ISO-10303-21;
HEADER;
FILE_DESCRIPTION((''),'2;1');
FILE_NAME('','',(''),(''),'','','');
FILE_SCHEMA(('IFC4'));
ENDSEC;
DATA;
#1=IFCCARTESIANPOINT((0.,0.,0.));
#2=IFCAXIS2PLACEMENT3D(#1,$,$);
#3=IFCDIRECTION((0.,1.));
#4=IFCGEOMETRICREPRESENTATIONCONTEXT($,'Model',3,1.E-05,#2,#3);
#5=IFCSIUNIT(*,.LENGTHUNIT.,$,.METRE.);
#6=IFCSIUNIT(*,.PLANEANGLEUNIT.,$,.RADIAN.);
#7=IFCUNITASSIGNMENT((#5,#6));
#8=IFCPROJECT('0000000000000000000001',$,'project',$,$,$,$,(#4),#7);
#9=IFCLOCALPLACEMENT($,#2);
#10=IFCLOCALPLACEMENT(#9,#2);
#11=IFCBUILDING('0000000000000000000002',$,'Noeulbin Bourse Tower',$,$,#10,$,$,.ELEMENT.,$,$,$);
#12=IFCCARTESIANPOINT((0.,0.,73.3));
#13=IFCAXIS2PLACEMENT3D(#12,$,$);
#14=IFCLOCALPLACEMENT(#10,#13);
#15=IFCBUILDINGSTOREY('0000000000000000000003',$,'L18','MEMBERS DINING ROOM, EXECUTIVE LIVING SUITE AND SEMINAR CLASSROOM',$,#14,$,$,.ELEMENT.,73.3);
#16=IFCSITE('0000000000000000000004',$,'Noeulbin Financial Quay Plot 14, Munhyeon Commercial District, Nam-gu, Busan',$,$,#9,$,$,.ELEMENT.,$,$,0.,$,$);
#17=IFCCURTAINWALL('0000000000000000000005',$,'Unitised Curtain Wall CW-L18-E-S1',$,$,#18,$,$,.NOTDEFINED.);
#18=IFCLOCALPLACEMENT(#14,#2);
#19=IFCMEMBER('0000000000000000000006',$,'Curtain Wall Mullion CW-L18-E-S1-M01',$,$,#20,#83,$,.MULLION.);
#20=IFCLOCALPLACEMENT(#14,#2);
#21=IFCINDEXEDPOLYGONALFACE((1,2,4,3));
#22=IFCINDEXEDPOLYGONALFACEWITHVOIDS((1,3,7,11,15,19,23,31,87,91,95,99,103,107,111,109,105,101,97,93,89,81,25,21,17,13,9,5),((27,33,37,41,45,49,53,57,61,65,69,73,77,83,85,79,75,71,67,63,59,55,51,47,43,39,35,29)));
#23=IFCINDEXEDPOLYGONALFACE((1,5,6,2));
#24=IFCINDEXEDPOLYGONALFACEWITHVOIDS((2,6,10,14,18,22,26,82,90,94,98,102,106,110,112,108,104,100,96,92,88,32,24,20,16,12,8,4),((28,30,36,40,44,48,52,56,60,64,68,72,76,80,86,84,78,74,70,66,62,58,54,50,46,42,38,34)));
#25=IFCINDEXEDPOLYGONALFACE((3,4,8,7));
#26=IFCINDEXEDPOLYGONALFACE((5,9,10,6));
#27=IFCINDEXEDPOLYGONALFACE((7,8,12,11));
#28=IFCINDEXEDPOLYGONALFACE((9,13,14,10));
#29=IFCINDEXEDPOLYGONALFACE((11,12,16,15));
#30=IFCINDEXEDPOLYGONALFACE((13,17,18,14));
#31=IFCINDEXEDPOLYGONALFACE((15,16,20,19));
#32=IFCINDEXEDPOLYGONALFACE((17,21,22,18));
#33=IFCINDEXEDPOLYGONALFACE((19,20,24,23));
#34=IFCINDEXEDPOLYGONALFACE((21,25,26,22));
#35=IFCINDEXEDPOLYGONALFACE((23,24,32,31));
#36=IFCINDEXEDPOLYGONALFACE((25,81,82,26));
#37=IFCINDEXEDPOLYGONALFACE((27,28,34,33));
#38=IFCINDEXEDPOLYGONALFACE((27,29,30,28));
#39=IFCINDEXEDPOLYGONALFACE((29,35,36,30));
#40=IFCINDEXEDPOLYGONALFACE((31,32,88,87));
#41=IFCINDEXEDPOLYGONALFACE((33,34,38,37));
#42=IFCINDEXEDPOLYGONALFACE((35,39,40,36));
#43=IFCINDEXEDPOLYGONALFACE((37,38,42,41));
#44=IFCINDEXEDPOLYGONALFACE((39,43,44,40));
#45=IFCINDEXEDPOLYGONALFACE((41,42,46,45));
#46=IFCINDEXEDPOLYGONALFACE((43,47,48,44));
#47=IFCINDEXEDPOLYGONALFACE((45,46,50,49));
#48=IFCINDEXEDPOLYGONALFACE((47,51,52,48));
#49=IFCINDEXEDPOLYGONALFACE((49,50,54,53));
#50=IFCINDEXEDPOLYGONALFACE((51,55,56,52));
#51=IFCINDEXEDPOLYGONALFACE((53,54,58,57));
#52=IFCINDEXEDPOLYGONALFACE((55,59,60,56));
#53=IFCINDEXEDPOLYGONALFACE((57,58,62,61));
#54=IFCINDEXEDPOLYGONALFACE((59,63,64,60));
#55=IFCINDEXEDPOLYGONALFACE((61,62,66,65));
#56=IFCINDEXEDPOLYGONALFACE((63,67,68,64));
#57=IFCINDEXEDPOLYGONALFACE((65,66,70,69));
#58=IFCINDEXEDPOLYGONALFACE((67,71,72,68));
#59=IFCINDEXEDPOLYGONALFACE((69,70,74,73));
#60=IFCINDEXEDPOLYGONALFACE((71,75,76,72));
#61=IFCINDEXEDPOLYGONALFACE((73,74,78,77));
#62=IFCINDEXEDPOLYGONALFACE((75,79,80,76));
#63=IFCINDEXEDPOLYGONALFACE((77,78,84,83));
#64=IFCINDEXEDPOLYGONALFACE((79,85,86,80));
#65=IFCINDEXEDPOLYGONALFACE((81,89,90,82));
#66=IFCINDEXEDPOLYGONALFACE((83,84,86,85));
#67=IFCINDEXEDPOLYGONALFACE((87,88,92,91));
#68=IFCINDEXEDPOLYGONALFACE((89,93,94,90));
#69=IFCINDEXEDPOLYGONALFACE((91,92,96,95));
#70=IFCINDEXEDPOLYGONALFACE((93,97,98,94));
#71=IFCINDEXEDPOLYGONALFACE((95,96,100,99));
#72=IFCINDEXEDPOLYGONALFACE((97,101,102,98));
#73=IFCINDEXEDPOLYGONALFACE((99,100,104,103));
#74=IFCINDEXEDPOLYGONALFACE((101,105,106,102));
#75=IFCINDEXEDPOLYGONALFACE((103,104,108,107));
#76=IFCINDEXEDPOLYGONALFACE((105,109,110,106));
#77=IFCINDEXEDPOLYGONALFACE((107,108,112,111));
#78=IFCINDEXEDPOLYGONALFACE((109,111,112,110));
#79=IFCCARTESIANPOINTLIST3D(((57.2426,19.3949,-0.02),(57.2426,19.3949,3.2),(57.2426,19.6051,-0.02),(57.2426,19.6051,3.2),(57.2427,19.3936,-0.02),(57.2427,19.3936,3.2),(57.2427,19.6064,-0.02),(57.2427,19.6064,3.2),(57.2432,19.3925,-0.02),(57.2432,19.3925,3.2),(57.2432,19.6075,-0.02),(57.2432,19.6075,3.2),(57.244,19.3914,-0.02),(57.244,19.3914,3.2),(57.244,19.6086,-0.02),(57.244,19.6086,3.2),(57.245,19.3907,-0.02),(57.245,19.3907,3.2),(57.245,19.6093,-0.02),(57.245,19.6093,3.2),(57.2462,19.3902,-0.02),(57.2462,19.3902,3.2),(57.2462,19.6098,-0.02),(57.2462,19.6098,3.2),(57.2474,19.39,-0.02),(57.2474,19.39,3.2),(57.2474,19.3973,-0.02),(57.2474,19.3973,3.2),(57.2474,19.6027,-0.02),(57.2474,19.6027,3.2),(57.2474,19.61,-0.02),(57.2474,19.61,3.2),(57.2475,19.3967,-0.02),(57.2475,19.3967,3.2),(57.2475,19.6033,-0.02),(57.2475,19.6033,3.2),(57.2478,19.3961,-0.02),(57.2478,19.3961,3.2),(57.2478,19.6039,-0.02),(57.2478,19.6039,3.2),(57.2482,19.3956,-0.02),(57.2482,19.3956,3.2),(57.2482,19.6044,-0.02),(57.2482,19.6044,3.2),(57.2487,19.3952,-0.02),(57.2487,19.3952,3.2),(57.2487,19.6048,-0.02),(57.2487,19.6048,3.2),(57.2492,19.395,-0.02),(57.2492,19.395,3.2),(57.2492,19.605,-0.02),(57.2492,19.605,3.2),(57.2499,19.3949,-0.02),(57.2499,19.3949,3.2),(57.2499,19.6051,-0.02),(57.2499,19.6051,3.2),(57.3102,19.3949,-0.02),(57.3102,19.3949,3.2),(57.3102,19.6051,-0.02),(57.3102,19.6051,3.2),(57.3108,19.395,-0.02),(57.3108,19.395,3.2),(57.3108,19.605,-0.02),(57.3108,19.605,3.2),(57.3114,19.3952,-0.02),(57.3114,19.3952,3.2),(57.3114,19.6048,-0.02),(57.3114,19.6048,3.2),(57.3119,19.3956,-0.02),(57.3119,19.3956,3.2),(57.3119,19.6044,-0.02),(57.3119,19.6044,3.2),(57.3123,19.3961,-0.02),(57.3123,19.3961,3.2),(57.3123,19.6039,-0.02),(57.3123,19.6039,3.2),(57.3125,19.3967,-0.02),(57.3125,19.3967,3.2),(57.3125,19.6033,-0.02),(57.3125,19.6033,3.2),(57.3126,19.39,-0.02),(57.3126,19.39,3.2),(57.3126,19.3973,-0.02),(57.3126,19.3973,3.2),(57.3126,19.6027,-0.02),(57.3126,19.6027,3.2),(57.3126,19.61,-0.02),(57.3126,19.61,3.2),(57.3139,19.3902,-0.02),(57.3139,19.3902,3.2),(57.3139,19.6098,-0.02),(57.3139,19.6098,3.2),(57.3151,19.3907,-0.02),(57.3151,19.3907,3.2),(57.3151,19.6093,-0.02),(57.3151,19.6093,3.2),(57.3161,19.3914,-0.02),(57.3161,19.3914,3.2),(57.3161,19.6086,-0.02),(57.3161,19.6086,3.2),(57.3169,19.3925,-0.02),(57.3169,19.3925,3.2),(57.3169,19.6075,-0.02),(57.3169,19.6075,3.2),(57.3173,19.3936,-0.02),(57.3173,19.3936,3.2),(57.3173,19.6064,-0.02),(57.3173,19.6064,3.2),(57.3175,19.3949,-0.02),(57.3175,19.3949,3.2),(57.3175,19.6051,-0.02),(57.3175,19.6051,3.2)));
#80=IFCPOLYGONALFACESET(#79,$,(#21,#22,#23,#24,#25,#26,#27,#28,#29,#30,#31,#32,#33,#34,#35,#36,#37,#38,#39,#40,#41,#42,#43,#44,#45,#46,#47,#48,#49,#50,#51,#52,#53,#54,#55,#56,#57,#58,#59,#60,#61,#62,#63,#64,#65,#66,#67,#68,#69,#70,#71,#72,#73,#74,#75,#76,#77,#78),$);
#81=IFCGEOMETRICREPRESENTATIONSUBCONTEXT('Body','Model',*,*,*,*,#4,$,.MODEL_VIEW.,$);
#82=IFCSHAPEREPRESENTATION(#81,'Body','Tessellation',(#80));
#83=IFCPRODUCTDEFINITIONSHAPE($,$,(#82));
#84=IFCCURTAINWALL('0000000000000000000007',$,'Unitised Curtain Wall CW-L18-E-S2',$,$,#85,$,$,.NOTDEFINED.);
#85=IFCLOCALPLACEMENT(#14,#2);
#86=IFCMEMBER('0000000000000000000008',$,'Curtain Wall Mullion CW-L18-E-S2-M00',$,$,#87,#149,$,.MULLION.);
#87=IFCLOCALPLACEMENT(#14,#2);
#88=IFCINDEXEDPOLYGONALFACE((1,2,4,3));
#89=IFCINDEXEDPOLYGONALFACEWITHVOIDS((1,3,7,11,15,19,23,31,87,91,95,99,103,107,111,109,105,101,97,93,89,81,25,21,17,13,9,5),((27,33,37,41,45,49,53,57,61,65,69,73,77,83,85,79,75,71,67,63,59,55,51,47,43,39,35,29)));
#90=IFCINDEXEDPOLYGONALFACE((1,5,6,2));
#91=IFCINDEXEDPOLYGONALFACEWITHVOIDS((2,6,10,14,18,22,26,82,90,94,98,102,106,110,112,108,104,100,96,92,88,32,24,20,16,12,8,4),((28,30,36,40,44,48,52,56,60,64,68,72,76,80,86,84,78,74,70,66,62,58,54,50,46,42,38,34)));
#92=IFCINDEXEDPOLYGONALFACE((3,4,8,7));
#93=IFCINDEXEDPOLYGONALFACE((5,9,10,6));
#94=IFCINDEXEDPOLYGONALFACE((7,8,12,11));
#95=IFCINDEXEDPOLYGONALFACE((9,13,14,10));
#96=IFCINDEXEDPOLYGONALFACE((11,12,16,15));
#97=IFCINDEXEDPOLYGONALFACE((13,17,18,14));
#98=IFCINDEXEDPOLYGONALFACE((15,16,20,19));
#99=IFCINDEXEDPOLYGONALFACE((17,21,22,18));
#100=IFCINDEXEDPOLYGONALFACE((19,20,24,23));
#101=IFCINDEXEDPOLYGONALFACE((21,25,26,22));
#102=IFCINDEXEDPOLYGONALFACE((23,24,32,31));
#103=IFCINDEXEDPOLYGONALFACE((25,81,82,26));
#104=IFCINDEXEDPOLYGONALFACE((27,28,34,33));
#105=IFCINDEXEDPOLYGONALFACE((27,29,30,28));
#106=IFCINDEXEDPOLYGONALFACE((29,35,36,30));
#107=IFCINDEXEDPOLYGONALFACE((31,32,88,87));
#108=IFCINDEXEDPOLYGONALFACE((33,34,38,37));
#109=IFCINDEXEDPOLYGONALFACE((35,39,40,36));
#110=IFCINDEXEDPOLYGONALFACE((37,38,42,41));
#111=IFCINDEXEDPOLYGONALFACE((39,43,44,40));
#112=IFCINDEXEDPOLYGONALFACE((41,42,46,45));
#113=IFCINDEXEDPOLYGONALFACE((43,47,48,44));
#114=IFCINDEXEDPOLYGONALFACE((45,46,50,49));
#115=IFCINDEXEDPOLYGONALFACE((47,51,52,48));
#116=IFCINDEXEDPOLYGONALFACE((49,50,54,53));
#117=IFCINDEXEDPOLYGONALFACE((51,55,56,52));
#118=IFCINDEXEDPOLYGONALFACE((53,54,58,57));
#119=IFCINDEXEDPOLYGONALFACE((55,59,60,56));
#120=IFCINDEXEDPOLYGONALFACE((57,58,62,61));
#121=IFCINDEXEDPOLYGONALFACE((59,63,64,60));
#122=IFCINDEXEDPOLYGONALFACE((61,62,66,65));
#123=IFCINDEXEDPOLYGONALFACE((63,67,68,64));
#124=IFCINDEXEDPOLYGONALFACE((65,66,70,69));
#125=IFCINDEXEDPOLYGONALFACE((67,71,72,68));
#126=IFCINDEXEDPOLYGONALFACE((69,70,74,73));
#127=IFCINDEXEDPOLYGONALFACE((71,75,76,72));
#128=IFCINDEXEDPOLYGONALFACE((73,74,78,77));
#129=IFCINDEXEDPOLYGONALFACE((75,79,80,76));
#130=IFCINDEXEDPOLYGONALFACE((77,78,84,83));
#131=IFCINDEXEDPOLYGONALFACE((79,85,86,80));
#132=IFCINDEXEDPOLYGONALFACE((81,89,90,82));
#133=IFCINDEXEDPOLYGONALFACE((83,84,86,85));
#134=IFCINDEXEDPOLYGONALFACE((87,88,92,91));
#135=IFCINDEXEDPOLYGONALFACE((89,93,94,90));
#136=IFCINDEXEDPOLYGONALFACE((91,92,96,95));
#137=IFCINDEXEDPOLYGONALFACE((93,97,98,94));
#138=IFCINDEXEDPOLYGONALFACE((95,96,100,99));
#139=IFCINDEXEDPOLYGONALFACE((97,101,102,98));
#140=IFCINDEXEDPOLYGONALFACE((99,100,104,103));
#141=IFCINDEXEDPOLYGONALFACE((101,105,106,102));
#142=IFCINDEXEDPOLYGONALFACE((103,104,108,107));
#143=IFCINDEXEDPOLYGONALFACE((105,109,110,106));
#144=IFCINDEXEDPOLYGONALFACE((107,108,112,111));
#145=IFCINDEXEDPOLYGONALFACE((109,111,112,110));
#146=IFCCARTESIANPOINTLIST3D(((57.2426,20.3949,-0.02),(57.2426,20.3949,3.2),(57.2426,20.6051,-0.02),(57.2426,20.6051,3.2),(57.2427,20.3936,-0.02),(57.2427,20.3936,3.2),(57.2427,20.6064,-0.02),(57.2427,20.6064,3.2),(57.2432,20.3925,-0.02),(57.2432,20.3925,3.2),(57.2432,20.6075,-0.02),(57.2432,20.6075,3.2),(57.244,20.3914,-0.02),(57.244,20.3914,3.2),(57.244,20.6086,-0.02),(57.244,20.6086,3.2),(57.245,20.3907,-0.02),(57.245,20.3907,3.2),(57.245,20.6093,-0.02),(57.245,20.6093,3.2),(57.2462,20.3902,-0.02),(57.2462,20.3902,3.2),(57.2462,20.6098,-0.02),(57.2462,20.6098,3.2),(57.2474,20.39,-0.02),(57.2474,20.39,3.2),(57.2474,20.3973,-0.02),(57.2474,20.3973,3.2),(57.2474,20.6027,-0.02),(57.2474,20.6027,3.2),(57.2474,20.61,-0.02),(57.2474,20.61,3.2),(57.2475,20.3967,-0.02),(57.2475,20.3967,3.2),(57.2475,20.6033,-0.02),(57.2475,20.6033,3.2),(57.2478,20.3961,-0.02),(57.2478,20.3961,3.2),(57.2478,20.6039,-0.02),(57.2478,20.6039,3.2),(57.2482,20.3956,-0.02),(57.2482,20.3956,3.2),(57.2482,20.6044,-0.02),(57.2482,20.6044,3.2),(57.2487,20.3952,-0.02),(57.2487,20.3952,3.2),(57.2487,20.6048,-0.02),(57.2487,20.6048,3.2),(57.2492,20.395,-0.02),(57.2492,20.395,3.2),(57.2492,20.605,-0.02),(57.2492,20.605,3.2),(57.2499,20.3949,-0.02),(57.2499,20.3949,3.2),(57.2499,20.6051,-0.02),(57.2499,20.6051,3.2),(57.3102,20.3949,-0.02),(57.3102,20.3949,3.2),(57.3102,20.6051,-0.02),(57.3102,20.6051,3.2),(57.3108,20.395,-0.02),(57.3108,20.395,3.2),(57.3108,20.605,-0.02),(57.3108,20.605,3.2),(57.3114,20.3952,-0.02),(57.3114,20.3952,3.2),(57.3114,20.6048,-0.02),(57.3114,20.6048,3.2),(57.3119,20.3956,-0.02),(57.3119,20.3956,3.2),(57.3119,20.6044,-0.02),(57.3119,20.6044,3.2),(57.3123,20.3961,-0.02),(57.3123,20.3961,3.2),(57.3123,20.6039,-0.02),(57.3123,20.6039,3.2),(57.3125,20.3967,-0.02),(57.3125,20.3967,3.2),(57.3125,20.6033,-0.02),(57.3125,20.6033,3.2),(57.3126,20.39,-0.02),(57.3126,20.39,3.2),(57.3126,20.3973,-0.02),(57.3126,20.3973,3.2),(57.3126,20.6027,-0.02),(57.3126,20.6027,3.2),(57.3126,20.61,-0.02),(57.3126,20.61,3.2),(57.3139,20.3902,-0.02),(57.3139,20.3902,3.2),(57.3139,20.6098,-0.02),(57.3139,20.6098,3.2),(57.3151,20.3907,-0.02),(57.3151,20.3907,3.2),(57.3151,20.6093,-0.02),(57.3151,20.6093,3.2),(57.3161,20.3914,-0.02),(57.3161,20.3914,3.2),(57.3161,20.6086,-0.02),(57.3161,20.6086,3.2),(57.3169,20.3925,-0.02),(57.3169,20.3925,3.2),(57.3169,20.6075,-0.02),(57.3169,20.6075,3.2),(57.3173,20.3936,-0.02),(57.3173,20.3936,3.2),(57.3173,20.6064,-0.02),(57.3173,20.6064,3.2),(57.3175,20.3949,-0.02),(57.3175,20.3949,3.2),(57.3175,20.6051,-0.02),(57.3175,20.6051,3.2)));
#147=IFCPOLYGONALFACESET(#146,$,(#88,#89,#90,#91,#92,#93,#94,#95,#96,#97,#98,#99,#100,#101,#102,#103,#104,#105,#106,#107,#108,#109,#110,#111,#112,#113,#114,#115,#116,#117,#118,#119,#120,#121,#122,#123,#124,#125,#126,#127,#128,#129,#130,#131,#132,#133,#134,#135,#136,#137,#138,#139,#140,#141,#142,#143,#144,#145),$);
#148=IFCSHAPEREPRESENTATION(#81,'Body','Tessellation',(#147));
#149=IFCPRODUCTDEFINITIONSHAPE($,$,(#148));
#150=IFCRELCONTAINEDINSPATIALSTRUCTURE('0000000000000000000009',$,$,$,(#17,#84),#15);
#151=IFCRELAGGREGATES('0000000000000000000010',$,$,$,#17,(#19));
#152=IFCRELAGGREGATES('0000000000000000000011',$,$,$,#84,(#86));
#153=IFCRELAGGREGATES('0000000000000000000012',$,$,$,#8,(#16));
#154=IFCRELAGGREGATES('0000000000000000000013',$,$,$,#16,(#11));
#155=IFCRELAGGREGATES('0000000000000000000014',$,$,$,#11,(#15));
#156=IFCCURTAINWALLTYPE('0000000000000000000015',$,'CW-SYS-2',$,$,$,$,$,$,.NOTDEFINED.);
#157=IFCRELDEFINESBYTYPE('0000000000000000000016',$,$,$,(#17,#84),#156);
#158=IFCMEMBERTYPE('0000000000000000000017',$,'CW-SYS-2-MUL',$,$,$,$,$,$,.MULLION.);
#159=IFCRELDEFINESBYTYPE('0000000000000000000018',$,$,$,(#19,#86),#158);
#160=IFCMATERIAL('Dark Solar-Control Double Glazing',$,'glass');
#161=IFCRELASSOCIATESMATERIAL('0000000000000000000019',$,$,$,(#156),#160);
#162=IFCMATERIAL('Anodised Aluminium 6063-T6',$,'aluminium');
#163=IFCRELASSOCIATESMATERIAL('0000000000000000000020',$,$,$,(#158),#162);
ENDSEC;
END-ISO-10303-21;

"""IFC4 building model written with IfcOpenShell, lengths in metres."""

from ifc_helpers import new_model, si_unit, direction, frame, origin, origin_2d, place, context, subcontext, project, spatial, hollow_rectangle, extrude, material, material_profile, profile_set, type_object, element, aggregate, save


model = new_model("IFC4")

# Units and contexts
model_context = context("Model", 3, precision=1e-05, world=origin(), true_north=direction((0.0, 1.0)))
body_context = subcontext(model_context, "Body", "Model", "MODEL_VIEW")
ifc_project = project(units=[si_unit("LENGTHUNIT", "METRE"), si_unit("PLANEANGLEUNIT", "RADIAN")], contexts=[model_context])

# Site, building, storey
site_placement = place(None, origin())
site = spatial("IfcSite", under=ifc_project, at=site_placement, Name="Noeulbin Financial Quay Plot 14, Munhyeon Commercial District, Nam-gu, Busan", CompositionType="ELEMENT", RefElevation=0.0)
building_placement = place(site_placement, origin())
building = spatial("IfcBuilding", under=site, at=building_placement, Name="Noeulbin Bourse Tower", CompositionType="ELEMENT")
storey_placement = place(building_placement, frame((0.0, 0.0, 73.3)))
storey = spatial("IfcBuildingStorey", under=building, at=storey_placement, Name="L18", Description="MEMBERS DINING ROOM, EXECUTIVE LIVING SUITE AND SEMINAR CLASSROOM", CompositionType="ELEMENT", Elevation=73.3)

# Curtain walls, members
ifc_material_1 = material(Name="Dark Solar-Control Double Glazing", Category="glass")
curtain_wall_type = type_object("IfcCurtainWallType", Name="CW-SYS-2", PredefinedType="NOTDEFINED", material=ifc_material_1)
ifc_material_2 = material(Name="Anodised Aluminium 6063-T6", Category="aluminium")
ifc_material_profile_1 = material_profile(ifc_material_2, hollow_rectangle(XDim=0.075, YDim=0.22, WallThickness=0.0049, InnerFilletRadius=0.0024, OuterFilletRadius=0.0049, at=origin_2d()), Name="ALU-MULL-75x220x5", Category="LoadBearing")
ifc_profile_set_1 = profile_set([ifc_material_profile_1], Name="Anodised Aluminium 6063-T6")
member_type_1 = type_object("IfcMemberType", Name="CW-SYS-2-MUL", PredefinedType="MULLION", material=ifc_profile_set_1)
curtain_wall_1_placement = place(storey_placement, origin())
curtain_wall_1 = element("IfcCurtainWall", 1, at=curtain_wall_1_placement, inside=storey, type_object=curtain_wall_type, Name="Unitised Curtain Wall CW-L18-E-S1", PredefinedType="NOTDEFINED")
member_1_placement = place(storey_placement, frame((57.28, 19.5, -0.02), z_axis=(0.0, 0.0, 1.0), x_axis=(1.0, 0.0, 0.0)))
member_1 = element("IfcMember", 2, at=member_1_placement, type_object=member_type_1, Name="Curtain Wall Mullion CW-L18-E-S1-M01", PredefinedType="MULLION", context=body_context, shape_type="SweptSolid", body=[
    extrude(hollow_rectangle(XDim=0.075, YDim=0.22, WallThickness=0.0049, InnerFilletRadius=0.0024, OuterFilletRadius=0.0049, at=origin_2d()), origin(), (0.0, 0.0, 1.0), 3.22),
])
curtain_wall_2_placement = place(storey_placement, origin())
curtain_wall_2 = element("IfcCurtainWall", 3, at=curtain_wall_2_placement, inside=storey, type_object=curtain_wall_type, Name="Unitised Curtain Wall CW-L18-E-S2", PredefinedType="NOTDEFINED")
member_2_placement = place(storey_placement, frame((57.28, 20.5, -0.02), z_axis=(0.0, 0.0, 1.0), x_axis=(1.0, 0.0, 0.0)))
member_2 = element("IfcMember", 4, at=member_2_placement, type_object=member_type_1, Name="Curtain Wall Mullion CW-L18-E-S2-M00", PredefinedType="MULLION", context=body_context, shape_type="SweptSolid", body=[
    extrude(hollow_rectangle(XDim=0.075, YDim=0.22, WallThickness=0.0049, InnerFilletRadius=0.0024, OuterFilletRadius=0.0049, at=origin_2d()), origin(), (0.0, 0.0, 1.0), 3.22),
])

aggregate(curtain_wall_1, [member_1])
aggregate(curtain_wall_2, [member_2])

save(model, "model.ifc")
